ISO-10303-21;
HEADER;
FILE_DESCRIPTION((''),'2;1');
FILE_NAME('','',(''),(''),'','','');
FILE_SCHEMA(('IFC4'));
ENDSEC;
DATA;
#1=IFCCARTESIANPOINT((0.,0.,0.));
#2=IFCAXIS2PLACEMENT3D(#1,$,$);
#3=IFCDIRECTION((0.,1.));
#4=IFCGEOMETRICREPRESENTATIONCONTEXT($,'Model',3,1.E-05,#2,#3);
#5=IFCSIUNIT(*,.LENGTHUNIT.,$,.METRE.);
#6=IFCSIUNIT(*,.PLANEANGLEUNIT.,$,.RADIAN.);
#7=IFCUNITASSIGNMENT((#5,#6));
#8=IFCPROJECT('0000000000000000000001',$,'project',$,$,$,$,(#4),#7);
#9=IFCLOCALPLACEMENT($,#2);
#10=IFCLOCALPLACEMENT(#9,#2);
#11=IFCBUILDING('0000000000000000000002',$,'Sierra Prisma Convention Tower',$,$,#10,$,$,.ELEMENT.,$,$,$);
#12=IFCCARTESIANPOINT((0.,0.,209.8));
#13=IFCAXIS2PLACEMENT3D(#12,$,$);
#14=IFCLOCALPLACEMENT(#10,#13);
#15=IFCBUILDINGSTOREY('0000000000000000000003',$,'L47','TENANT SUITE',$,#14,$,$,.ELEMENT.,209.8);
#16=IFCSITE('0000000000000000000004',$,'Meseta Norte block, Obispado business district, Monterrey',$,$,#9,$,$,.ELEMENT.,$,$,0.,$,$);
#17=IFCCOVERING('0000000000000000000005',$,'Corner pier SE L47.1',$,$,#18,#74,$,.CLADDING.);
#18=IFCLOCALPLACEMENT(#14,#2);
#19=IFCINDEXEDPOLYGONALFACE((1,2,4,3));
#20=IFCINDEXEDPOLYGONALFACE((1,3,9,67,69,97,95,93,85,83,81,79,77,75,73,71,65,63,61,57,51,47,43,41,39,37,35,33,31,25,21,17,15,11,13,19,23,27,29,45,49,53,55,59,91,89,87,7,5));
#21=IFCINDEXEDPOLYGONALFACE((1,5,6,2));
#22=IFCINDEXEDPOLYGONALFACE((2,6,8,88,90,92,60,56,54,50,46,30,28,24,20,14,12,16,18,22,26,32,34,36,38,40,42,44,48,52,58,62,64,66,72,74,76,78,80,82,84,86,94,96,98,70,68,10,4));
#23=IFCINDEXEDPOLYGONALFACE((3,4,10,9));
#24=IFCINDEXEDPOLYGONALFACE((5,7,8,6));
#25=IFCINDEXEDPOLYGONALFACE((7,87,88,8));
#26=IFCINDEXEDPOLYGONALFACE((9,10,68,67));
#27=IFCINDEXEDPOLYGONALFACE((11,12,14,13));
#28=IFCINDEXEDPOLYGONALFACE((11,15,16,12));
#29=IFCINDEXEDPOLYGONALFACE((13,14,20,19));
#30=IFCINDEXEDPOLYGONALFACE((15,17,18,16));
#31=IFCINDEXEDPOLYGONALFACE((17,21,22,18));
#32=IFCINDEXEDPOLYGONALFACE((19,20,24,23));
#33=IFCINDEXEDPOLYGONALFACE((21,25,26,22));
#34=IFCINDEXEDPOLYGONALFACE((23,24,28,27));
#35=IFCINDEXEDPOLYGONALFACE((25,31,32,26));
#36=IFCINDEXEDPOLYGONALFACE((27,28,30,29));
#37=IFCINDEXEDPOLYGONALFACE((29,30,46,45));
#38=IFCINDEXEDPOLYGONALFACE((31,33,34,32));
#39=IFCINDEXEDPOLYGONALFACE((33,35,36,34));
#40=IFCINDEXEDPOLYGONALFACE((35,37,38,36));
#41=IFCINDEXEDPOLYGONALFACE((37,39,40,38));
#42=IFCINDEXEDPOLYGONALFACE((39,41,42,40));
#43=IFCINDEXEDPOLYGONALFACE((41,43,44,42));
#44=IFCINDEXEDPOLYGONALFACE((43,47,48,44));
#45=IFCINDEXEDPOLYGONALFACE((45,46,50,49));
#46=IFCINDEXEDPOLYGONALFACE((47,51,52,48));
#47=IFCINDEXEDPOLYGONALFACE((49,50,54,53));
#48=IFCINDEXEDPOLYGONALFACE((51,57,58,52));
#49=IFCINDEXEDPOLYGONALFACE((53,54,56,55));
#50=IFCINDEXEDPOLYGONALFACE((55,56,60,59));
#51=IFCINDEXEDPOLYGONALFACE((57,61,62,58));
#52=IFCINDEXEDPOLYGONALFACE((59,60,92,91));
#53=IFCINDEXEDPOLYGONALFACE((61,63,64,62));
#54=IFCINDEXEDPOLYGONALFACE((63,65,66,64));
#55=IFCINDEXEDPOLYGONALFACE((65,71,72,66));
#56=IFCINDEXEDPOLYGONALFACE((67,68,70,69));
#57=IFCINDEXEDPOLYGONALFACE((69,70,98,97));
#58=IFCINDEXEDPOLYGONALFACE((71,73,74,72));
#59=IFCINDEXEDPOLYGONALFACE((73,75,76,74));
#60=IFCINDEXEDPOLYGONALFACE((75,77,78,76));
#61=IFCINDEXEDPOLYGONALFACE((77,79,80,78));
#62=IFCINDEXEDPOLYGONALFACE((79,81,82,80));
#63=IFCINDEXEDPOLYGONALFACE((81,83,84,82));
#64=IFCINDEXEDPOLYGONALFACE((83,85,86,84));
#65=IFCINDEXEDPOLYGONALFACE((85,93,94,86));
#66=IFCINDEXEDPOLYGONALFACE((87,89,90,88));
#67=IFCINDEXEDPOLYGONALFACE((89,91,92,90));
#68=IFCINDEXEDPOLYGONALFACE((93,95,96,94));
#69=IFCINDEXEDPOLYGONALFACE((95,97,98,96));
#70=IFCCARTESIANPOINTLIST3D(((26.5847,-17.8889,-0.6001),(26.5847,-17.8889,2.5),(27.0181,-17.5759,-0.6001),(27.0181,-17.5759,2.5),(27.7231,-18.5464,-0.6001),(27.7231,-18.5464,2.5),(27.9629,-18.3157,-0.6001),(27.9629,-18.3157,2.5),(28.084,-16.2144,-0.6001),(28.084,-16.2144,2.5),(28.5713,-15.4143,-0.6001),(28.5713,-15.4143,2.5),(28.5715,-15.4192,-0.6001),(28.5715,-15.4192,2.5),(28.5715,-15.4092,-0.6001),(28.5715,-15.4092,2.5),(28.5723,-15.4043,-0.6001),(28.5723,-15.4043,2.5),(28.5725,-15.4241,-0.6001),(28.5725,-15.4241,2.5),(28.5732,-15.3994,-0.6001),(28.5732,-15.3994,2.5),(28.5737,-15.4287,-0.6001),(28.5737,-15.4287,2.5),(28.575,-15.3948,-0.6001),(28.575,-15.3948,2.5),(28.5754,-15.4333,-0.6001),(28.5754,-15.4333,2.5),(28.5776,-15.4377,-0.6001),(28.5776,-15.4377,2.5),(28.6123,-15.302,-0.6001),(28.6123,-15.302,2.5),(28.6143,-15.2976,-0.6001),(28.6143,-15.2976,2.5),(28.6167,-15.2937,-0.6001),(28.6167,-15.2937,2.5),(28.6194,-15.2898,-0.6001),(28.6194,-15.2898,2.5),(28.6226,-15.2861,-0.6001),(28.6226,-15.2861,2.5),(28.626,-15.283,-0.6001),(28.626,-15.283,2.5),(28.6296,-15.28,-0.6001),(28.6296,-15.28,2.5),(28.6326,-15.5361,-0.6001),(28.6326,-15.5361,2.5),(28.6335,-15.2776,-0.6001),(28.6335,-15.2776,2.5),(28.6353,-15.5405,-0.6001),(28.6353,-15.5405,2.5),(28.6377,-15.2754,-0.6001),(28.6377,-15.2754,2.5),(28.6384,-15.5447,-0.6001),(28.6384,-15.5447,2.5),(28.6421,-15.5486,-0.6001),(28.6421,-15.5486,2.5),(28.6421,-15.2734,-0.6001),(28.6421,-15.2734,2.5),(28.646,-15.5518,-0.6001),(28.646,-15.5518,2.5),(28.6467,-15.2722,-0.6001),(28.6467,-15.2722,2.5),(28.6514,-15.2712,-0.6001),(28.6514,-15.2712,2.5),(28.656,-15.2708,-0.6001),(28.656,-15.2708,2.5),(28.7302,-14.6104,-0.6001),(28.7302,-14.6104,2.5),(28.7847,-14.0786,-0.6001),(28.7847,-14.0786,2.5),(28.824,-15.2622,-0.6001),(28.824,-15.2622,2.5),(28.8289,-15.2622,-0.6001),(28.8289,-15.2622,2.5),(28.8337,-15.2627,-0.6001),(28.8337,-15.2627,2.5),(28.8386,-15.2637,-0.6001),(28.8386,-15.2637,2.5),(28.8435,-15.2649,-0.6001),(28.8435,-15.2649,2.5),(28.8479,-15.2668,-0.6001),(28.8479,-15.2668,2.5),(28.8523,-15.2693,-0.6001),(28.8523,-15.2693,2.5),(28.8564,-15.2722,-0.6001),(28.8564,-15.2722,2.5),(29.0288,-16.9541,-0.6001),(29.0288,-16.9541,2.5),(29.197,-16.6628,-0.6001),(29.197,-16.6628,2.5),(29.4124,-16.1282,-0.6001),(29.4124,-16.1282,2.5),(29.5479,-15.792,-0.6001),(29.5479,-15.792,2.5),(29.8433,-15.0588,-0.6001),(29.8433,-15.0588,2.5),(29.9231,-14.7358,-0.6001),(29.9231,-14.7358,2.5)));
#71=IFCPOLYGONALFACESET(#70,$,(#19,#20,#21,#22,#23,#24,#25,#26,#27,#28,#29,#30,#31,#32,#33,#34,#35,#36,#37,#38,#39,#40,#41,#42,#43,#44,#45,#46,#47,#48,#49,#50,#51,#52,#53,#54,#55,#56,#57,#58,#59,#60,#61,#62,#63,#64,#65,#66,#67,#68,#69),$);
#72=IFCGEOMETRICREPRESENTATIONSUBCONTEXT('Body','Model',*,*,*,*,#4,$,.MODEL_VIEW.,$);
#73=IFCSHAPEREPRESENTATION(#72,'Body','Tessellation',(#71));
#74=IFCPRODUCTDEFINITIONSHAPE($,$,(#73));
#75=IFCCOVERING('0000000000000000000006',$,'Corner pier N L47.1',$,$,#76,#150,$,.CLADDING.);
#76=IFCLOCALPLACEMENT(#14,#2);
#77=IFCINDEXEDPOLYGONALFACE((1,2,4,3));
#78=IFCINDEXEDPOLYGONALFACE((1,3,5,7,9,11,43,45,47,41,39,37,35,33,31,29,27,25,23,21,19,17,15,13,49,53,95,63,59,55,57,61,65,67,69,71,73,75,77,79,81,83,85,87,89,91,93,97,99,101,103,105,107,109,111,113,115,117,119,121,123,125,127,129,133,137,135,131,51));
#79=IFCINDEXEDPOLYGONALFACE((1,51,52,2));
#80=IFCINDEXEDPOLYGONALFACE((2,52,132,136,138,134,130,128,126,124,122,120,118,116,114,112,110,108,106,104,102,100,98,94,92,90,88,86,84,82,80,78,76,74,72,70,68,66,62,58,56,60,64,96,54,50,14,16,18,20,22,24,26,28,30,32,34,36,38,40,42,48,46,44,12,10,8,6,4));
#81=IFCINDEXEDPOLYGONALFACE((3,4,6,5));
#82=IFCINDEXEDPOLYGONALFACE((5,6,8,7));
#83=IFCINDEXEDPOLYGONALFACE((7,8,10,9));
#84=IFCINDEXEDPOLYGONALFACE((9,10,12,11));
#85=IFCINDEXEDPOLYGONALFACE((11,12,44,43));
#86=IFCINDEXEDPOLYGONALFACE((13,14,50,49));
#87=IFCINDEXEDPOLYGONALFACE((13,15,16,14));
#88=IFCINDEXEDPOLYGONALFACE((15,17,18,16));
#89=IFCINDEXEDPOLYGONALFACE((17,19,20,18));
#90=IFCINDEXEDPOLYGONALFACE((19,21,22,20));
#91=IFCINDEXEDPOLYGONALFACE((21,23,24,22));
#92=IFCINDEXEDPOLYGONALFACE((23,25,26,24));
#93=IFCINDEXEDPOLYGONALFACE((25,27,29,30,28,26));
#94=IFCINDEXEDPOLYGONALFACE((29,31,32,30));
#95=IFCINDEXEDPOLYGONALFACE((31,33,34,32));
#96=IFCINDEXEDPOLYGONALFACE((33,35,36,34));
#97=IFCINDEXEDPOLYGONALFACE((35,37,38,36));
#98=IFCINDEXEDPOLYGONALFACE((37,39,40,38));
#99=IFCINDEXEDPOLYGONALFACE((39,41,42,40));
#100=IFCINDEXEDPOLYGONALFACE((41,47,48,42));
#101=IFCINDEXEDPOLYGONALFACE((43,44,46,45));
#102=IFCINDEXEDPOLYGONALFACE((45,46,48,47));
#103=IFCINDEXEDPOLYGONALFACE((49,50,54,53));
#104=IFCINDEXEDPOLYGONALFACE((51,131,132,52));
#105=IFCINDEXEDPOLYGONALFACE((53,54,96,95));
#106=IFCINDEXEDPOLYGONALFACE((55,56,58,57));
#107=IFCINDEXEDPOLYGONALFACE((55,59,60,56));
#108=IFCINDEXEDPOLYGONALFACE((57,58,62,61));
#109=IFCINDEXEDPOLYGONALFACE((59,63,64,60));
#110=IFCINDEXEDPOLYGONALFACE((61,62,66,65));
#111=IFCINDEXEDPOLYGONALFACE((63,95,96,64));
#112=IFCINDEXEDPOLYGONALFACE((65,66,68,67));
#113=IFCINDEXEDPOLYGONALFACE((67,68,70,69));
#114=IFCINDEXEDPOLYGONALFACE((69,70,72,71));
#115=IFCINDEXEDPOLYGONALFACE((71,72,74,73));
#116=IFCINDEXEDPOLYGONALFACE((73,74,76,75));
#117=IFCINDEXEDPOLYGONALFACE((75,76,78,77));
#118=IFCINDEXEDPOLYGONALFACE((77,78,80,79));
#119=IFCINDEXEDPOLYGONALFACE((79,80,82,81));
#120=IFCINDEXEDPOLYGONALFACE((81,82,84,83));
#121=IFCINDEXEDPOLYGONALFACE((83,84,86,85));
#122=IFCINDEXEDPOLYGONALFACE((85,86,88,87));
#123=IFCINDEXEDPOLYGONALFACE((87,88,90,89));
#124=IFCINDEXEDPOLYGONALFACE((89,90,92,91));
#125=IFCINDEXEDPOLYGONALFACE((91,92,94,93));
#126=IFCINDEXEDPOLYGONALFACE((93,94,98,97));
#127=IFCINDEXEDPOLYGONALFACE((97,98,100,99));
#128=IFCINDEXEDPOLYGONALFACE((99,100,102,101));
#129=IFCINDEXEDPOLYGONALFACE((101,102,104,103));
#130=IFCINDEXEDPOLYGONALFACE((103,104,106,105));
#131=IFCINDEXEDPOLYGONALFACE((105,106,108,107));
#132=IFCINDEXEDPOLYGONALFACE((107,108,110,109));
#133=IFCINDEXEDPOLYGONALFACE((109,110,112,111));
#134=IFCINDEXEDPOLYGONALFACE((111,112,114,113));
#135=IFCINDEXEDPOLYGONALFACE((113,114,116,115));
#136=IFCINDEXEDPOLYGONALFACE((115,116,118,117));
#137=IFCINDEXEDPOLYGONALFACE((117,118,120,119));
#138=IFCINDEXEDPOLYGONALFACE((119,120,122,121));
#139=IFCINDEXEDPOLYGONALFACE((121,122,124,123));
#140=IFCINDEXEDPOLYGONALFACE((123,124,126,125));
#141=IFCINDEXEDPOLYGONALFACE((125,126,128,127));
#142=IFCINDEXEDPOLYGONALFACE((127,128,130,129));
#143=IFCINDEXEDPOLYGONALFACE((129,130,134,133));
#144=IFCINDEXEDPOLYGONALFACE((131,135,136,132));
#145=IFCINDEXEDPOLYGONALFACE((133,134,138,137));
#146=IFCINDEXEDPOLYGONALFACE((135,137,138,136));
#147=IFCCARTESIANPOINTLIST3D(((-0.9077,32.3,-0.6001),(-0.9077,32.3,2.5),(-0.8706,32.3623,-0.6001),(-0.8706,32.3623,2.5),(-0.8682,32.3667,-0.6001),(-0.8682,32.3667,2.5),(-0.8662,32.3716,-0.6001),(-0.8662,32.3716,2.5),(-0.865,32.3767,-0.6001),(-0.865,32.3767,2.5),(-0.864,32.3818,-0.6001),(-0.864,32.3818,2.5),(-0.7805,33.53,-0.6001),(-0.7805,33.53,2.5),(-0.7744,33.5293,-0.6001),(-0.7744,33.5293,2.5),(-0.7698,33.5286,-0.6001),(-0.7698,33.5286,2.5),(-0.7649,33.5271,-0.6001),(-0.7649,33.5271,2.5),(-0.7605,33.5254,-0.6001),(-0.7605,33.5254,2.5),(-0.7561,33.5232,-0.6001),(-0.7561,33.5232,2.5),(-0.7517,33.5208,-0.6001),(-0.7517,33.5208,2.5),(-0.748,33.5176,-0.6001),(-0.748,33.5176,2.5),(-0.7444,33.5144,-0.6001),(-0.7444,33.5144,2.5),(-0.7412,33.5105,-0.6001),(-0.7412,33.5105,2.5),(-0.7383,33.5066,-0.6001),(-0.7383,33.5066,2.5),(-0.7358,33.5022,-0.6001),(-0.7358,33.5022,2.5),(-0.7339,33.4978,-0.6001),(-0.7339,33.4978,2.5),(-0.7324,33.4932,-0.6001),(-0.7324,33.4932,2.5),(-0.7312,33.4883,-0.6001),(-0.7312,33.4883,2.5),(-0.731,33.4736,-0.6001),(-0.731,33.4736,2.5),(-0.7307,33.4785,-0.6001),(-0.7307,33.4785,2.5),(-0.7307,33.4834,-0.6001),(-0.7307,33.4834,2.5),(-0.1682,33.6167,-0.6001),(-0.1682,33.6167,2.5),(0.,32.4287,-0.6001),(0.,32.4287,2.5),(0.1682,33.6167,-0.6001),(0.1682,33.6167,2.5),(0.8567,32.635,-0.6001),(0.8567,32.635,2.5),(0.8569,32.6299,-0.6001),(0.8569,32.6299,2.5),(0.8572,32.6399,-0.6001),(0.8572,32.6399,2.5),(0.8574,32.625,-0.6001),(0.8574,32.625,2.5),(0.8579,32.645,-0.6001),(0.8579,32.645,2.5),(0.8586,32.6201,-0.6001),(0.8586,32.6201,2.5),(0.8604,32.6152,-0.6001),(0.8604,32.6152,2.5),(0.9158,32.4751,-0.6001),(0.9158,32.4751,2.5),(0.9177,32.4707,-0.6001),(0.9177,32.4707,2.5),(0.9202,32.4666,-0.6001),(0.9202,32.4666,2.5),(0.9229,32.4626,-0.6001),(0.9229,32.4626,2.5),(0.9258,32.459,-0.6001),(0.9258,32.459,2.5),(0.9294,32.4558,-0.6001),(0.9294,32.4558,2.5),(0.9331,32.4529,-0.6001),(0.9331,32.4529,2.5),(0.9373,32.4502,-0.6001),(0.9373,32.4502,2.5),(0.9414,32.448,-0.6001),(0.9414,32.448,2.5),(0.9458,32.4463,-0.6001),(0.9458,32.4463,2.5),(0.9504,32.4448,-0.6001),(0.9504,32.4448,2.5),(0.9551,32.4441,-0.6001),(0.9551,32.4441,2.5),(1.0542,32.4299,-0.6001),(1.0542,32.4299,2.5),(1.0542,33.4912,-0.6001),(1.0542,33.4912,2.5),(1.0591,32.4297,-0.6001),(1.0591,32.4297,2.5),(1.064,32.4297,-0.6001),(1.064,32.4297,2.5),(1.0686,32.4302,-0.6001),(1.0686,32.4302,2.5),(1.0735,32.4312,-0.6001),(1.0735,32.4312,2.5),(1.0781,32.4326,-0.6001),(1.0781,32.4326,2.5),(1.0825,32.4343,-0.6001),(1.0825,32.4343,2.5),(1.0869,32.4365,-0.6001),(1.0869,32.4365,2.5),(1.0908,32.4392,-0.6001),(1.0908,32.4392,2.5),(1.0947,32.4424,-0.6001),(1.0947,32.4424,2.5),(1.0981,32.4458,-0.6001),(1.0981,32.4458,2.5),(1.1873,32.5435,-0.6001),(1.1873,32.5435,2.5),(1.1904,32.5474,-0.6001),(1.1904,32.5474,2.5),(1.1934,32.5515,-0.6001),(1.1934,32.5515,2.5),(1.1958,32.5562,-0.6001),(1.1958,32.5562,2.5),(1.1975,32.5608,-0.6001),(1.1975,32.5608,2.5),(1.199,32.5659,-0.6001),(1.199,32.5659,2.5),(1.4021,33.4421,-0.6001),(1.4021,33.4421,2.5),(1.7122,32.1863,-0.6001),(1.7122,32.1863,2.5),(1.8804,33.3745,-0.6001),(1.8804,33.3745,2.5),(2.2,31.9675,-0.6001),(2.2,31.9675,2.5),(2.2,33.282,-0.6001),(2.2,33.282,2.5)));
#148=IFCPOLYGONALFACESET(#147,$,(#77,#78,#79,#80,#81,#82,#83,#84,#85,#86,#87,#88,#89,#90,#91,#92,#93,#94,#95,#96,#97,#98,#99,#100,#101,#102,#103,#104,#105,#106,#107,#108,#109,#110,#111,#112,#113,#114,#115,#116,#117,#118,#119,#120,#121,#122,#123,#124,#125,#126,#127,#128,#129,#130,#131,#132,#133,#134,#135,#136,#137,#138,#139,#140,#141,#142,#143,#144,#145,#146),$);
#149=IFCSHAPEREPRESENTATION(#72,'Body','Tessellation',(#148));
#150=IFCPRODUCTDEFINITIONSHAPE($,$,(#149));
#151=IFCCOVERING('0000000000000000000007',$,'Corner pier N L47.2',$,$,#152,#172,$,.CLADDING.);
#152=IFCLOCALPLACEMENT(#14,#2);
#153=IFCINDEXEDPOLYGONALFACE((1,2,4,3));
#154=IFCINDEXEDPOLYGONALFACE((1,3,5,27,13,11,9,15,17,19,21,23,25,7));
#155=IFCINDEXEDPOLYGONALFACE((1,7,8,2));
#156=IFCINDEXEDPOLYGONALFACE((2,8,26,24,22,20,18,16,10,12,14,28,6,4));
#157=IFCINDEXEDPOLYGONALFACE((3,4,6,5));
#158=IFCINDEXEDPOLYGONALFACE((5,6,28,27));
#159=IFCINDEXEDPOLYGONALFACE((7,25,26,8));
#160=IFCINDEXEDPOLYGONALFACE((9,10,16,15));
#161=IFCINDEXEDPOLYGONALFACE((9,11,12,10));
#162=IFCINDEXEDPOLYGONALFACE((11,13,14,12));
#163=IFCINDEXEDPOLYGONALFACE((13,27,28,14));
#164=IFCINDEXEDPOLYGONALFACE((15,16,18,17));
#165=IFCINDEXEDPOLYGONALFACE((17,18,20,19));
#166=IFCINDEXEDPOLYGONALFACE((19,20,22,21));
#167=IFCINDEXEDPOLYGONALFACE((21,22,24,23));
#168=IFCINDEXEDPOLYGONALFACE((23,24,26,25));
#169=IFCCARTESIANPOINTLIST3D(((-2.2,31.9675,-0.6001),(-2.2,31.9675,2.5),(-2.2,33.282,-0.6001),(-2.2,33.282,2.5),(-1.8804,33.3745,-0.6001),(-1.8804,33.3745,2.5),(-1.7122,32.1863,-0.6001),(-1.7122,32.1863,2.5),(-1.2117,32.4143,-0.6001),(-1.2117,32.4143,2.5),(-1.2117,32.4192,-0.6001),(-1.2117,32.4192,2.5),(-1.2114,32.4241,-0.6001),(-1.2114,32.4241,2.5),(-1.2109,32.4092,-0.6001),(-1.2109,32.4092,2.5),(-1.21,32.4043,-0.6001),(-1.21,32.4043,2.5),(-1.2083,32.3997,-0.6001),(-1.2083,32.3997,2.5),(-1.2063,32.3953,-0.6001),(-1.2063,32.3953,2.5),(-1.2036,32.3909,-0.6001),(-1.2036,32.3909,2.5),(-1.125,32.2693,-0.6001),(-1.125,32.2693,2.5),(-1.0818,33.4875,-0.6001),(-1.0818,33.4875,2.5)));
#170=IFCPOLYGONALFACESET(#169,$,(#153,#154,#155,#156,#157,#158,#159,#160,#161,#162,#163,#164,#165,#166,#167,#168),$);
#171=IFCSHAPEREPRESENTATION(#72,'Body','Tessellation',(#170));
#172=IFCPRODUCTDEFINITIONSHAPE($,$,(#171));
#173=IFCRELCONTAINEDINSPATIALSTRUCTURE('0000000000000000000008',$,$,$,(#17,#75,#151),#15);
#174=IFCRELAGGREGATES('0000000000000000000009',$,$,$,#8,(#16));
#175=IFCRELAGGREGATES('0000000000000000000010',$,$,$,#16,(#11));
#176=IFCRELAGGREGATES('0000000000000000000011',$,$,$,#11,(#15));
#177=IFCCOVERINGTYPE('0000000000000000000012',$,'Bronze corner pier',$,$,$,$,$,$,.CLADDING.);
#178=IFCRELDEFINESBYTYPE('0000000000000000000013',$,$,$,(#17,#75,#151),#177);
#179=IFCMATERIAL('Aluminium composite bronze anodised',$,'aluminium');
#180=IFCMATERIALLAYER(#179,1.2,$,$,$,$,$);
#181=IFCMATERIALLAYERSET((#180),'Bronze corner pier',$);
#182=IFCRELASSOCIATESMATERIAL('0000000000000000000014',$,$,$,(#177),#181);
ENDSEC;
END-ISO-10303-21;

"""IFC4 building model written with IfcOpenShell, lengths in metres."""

from ifc_helpers import new_model, si_unit, direction, frame, origin, place, context, subcontext, project, spatial, polyline, outline, extrude, material, layer, layer_set, type_object, element, save


model = new_model("IFC4")

# Units and contexts
model_context = context("Model", 3, precision=1e-05, world=origin(), true_north=direction((0.0, 1.0)))
body_context = subcontext(model_context, "Body", "Model", "MODEL_VIEW")
ifc_project = project(units=[si_unit("LENGTHUNIT", "METRE"), si_unit("PLANEANGLEUNIT", "RADIAN")], contexts=[model_context])

# Site, building, storey
site_placement = place(None, origin())
site = spatial("IfcSite", under=ifc_project, at=site_placement, Name="Meseta Norte block, Obispado business district, Monterrey", CompositionType="ELEMENT", RefElevation=0.0)
building_placement = place(site_placement, origin())
building = spatial("IfcBuilding", under=site, at=building_placement, Name="Sierra Prisma Convention Tower", CompositionType="ELEMENT")
storey_placement = place(building_placement, frame((0.0, 0.0, 209.8)))
storey = spatial("IfcBuildingStorey", under=building, at=storey_placement, Name="L47", Description="TENANT SUITE", CompositionType="ELEMENT", Elevation=209.8)

# Coverings
ifc_material_1 = material(Name="Aluminium composite bronze anodised", Category="aluminium")
ifc_layer_1 = layer(ifc_material_1, 1.2)
ifc_layer_set_1 = layer_set([ifc_layer_1], Name="Bronze corner pier")
covering_type_1 = type_object("IfcCoveringType", Name="Bronze corner pier", PredefinedType="CLADDING", material=ifc_layer_set_1)
covering_1_placement = place(storey_placement, frame((0.0, 0.0, -0.6001)))
element("IfcCovering", 1, at=covering_1_placement, inside=storey, type_object=covering_type_1, Name="Corner pier SE L47.1", PredefinedType="CLADDING", context=body_context, shape_type="SweptSolid", body=[
    extrude(outline(polyline([(28.6377, -15.2754), (28.6335, -15.2776), (28.6296, -15.28), (28.626, -15.283), (28.6226, -15.2861), (28.6194, -15.2898), (28.6167, -15.2937), (28.6143, -15.2976), (28.6123, -15.302), (28.575, -15.3948), (28.5732, -15.3994), (28.5723, -15.4043), (28.5715, -15.4092), (28.5713, -15.4143), (28.5715, -15.4192), (28.5725, -15.4241), (28.5737, -15.4287), (28.5754, -15.4333), (28.5776, -15.4377), (28.6326, -15.5361), (28.6353, -15.5405), (28.6384, -15.5447), (28.6421, -15.5486), (28.646, -15.5518), (29.4124, -16.1282), (29.197, -16.6628), (29.0288, -16.9541), (27.9629, -18.3157), (27.7231, -18.5464), (26.5847, -17.8889), (27.0181, -17.5759), (28.084, -16.2144), (28.7302, -14.6104), (28.7847, -14.0786), (29.9231, -14.7358), (29.8433, -15.0588), (29.5479, -15.792), (28.8564, -15.2722), (28.8523, -15.2693), (28.8479, -15.2668), (28.8435, -15.2649), (28.8386, -15.2637), (28.8337, -15.2627), (28.8289, -15.2622), (28.824, -15.2622), (28.656, -15.2708), (28.6514, -15.2712), (28.6467, -15.2722), (28.6421, -15.2734), (28.6377, -15.2754)])), origin(), (0.0, 0.0, 1.0), 3.1001),
])
covering_2_placement = place(storey_placement, frame((0.0, 0.0, -0.6001)))
element("IfcCovering", 2, at=covering_2_placement, inside=storey, type_object=covering_type_1, Name="Corner pier N L47.1", PredefinedType="CLADDING", context=body_context, shape_type="SweptSolid", body=[
    extrude(outline(polyline([(0.9229, 32.4626), (0.9258, 32.459), (0.9294, 32.4558), (0.9331, 32.4529), (0.9373, 32.4502), (0.9414, 32.448), (0.9458, 32.4463), (0.9504, 32.4448), (0.9551, 32.4441), (1.0542, 32.4299), (1.0591, 32.4297), (1.064, 32.4297), (1.0686, 32.4302), (1.0735, 32.4312), (1.0781, 32.4326), (1.0825, 32.4343), (1.0869, 32.4365), (1.0908, 32.4392), (1.0947, 32.4424), (1.0981, 32.4458), (1.1873, 32.5435), (1.1904, 32.5474), (1.1934, 32.5515), (1.1958, 32.5562), (1.1975, 32.5608), (1.199, 32.5659), (1.4021, 33.4421), (1.8804, 33.3745), (2.2, 33.282), (2.2, 31.9675), (1.7122, 32.1863), (0.0, 32.4287), (-0.9077, 32.3), (-0.8706, 32.3623), (-0.8682, 32.3667), (-0.8662, 32.3716), (-0.865, 32.3767), (-0.864, 32.3818), (-0.731, 33.4736), (-0.7307, 33.4785), (-0.7307, 33.4834), (-0.7312, 33.4883), (-0.7324, 33.4932), (-0.7339, 33.4978), (-0.7358, 33.5022), (-0.7383, 33.5066), (-0.7412, 33.5105), (-0.7444, 33.5144), (-0.748, 33.5176), (-0.7517, 33.5208), (-0.7561, 33.5232), (-0.7605, 33.5254), (-0.7649, 33.5271), (-0.7698, 33.5286), (-0.7744, 33.5293), (-0.7805, 33.53), (-0.1682, 33.6167), (0.1682, 33.6167), (1.0542, 33.4912), (0.8579, 32.645), (0.8572, 32.6399), (0.8567, 32.635), (0.8569, 32.6299), (0.8574, 32.625), (0.8586, 32.6201), (0.8604, 32.6152), (0.9158, 32.4751), (0.9177, 32.4707), (0.9202, 32.4666), (0.9229, 32.4626)])), origin(), (0.0, 0.0, 1.0), 3.1001),
])
covering_3_placement = place(storey_placement, frame((0.0, 0.0, -0.6001)))
element("IfcCovering", 3, at=covering_3_placement, inside=storey, type_object=covering_type_1, Name="Corner pier N L47.2", PredefinedType="CLADDING", context=body_context, shape_type="SweptSolid", body=[
    extrude(outline(polyline([(-1.2117, 32.4143), (-1.2109, 32.4092), (-1.21, 32.4043), (-1.2083, 32.3997), (-1.2063, 32.3953), (-1.2036, 32.3909), (-1.125, 32.2693), (-1.7122, 32.1863), (-2.2, 31.9675), (-2.2, 33.282), (-1.8804, 33.3745), (-1.0818, 33.4875), (-1.2114, 32.4241), (-1.2117, 32.4192), (-1.2117, 32.4143)])), origin(), (0.0, 0.0, 1.0), 3.1001),
])

save(model, "model.ifc")
